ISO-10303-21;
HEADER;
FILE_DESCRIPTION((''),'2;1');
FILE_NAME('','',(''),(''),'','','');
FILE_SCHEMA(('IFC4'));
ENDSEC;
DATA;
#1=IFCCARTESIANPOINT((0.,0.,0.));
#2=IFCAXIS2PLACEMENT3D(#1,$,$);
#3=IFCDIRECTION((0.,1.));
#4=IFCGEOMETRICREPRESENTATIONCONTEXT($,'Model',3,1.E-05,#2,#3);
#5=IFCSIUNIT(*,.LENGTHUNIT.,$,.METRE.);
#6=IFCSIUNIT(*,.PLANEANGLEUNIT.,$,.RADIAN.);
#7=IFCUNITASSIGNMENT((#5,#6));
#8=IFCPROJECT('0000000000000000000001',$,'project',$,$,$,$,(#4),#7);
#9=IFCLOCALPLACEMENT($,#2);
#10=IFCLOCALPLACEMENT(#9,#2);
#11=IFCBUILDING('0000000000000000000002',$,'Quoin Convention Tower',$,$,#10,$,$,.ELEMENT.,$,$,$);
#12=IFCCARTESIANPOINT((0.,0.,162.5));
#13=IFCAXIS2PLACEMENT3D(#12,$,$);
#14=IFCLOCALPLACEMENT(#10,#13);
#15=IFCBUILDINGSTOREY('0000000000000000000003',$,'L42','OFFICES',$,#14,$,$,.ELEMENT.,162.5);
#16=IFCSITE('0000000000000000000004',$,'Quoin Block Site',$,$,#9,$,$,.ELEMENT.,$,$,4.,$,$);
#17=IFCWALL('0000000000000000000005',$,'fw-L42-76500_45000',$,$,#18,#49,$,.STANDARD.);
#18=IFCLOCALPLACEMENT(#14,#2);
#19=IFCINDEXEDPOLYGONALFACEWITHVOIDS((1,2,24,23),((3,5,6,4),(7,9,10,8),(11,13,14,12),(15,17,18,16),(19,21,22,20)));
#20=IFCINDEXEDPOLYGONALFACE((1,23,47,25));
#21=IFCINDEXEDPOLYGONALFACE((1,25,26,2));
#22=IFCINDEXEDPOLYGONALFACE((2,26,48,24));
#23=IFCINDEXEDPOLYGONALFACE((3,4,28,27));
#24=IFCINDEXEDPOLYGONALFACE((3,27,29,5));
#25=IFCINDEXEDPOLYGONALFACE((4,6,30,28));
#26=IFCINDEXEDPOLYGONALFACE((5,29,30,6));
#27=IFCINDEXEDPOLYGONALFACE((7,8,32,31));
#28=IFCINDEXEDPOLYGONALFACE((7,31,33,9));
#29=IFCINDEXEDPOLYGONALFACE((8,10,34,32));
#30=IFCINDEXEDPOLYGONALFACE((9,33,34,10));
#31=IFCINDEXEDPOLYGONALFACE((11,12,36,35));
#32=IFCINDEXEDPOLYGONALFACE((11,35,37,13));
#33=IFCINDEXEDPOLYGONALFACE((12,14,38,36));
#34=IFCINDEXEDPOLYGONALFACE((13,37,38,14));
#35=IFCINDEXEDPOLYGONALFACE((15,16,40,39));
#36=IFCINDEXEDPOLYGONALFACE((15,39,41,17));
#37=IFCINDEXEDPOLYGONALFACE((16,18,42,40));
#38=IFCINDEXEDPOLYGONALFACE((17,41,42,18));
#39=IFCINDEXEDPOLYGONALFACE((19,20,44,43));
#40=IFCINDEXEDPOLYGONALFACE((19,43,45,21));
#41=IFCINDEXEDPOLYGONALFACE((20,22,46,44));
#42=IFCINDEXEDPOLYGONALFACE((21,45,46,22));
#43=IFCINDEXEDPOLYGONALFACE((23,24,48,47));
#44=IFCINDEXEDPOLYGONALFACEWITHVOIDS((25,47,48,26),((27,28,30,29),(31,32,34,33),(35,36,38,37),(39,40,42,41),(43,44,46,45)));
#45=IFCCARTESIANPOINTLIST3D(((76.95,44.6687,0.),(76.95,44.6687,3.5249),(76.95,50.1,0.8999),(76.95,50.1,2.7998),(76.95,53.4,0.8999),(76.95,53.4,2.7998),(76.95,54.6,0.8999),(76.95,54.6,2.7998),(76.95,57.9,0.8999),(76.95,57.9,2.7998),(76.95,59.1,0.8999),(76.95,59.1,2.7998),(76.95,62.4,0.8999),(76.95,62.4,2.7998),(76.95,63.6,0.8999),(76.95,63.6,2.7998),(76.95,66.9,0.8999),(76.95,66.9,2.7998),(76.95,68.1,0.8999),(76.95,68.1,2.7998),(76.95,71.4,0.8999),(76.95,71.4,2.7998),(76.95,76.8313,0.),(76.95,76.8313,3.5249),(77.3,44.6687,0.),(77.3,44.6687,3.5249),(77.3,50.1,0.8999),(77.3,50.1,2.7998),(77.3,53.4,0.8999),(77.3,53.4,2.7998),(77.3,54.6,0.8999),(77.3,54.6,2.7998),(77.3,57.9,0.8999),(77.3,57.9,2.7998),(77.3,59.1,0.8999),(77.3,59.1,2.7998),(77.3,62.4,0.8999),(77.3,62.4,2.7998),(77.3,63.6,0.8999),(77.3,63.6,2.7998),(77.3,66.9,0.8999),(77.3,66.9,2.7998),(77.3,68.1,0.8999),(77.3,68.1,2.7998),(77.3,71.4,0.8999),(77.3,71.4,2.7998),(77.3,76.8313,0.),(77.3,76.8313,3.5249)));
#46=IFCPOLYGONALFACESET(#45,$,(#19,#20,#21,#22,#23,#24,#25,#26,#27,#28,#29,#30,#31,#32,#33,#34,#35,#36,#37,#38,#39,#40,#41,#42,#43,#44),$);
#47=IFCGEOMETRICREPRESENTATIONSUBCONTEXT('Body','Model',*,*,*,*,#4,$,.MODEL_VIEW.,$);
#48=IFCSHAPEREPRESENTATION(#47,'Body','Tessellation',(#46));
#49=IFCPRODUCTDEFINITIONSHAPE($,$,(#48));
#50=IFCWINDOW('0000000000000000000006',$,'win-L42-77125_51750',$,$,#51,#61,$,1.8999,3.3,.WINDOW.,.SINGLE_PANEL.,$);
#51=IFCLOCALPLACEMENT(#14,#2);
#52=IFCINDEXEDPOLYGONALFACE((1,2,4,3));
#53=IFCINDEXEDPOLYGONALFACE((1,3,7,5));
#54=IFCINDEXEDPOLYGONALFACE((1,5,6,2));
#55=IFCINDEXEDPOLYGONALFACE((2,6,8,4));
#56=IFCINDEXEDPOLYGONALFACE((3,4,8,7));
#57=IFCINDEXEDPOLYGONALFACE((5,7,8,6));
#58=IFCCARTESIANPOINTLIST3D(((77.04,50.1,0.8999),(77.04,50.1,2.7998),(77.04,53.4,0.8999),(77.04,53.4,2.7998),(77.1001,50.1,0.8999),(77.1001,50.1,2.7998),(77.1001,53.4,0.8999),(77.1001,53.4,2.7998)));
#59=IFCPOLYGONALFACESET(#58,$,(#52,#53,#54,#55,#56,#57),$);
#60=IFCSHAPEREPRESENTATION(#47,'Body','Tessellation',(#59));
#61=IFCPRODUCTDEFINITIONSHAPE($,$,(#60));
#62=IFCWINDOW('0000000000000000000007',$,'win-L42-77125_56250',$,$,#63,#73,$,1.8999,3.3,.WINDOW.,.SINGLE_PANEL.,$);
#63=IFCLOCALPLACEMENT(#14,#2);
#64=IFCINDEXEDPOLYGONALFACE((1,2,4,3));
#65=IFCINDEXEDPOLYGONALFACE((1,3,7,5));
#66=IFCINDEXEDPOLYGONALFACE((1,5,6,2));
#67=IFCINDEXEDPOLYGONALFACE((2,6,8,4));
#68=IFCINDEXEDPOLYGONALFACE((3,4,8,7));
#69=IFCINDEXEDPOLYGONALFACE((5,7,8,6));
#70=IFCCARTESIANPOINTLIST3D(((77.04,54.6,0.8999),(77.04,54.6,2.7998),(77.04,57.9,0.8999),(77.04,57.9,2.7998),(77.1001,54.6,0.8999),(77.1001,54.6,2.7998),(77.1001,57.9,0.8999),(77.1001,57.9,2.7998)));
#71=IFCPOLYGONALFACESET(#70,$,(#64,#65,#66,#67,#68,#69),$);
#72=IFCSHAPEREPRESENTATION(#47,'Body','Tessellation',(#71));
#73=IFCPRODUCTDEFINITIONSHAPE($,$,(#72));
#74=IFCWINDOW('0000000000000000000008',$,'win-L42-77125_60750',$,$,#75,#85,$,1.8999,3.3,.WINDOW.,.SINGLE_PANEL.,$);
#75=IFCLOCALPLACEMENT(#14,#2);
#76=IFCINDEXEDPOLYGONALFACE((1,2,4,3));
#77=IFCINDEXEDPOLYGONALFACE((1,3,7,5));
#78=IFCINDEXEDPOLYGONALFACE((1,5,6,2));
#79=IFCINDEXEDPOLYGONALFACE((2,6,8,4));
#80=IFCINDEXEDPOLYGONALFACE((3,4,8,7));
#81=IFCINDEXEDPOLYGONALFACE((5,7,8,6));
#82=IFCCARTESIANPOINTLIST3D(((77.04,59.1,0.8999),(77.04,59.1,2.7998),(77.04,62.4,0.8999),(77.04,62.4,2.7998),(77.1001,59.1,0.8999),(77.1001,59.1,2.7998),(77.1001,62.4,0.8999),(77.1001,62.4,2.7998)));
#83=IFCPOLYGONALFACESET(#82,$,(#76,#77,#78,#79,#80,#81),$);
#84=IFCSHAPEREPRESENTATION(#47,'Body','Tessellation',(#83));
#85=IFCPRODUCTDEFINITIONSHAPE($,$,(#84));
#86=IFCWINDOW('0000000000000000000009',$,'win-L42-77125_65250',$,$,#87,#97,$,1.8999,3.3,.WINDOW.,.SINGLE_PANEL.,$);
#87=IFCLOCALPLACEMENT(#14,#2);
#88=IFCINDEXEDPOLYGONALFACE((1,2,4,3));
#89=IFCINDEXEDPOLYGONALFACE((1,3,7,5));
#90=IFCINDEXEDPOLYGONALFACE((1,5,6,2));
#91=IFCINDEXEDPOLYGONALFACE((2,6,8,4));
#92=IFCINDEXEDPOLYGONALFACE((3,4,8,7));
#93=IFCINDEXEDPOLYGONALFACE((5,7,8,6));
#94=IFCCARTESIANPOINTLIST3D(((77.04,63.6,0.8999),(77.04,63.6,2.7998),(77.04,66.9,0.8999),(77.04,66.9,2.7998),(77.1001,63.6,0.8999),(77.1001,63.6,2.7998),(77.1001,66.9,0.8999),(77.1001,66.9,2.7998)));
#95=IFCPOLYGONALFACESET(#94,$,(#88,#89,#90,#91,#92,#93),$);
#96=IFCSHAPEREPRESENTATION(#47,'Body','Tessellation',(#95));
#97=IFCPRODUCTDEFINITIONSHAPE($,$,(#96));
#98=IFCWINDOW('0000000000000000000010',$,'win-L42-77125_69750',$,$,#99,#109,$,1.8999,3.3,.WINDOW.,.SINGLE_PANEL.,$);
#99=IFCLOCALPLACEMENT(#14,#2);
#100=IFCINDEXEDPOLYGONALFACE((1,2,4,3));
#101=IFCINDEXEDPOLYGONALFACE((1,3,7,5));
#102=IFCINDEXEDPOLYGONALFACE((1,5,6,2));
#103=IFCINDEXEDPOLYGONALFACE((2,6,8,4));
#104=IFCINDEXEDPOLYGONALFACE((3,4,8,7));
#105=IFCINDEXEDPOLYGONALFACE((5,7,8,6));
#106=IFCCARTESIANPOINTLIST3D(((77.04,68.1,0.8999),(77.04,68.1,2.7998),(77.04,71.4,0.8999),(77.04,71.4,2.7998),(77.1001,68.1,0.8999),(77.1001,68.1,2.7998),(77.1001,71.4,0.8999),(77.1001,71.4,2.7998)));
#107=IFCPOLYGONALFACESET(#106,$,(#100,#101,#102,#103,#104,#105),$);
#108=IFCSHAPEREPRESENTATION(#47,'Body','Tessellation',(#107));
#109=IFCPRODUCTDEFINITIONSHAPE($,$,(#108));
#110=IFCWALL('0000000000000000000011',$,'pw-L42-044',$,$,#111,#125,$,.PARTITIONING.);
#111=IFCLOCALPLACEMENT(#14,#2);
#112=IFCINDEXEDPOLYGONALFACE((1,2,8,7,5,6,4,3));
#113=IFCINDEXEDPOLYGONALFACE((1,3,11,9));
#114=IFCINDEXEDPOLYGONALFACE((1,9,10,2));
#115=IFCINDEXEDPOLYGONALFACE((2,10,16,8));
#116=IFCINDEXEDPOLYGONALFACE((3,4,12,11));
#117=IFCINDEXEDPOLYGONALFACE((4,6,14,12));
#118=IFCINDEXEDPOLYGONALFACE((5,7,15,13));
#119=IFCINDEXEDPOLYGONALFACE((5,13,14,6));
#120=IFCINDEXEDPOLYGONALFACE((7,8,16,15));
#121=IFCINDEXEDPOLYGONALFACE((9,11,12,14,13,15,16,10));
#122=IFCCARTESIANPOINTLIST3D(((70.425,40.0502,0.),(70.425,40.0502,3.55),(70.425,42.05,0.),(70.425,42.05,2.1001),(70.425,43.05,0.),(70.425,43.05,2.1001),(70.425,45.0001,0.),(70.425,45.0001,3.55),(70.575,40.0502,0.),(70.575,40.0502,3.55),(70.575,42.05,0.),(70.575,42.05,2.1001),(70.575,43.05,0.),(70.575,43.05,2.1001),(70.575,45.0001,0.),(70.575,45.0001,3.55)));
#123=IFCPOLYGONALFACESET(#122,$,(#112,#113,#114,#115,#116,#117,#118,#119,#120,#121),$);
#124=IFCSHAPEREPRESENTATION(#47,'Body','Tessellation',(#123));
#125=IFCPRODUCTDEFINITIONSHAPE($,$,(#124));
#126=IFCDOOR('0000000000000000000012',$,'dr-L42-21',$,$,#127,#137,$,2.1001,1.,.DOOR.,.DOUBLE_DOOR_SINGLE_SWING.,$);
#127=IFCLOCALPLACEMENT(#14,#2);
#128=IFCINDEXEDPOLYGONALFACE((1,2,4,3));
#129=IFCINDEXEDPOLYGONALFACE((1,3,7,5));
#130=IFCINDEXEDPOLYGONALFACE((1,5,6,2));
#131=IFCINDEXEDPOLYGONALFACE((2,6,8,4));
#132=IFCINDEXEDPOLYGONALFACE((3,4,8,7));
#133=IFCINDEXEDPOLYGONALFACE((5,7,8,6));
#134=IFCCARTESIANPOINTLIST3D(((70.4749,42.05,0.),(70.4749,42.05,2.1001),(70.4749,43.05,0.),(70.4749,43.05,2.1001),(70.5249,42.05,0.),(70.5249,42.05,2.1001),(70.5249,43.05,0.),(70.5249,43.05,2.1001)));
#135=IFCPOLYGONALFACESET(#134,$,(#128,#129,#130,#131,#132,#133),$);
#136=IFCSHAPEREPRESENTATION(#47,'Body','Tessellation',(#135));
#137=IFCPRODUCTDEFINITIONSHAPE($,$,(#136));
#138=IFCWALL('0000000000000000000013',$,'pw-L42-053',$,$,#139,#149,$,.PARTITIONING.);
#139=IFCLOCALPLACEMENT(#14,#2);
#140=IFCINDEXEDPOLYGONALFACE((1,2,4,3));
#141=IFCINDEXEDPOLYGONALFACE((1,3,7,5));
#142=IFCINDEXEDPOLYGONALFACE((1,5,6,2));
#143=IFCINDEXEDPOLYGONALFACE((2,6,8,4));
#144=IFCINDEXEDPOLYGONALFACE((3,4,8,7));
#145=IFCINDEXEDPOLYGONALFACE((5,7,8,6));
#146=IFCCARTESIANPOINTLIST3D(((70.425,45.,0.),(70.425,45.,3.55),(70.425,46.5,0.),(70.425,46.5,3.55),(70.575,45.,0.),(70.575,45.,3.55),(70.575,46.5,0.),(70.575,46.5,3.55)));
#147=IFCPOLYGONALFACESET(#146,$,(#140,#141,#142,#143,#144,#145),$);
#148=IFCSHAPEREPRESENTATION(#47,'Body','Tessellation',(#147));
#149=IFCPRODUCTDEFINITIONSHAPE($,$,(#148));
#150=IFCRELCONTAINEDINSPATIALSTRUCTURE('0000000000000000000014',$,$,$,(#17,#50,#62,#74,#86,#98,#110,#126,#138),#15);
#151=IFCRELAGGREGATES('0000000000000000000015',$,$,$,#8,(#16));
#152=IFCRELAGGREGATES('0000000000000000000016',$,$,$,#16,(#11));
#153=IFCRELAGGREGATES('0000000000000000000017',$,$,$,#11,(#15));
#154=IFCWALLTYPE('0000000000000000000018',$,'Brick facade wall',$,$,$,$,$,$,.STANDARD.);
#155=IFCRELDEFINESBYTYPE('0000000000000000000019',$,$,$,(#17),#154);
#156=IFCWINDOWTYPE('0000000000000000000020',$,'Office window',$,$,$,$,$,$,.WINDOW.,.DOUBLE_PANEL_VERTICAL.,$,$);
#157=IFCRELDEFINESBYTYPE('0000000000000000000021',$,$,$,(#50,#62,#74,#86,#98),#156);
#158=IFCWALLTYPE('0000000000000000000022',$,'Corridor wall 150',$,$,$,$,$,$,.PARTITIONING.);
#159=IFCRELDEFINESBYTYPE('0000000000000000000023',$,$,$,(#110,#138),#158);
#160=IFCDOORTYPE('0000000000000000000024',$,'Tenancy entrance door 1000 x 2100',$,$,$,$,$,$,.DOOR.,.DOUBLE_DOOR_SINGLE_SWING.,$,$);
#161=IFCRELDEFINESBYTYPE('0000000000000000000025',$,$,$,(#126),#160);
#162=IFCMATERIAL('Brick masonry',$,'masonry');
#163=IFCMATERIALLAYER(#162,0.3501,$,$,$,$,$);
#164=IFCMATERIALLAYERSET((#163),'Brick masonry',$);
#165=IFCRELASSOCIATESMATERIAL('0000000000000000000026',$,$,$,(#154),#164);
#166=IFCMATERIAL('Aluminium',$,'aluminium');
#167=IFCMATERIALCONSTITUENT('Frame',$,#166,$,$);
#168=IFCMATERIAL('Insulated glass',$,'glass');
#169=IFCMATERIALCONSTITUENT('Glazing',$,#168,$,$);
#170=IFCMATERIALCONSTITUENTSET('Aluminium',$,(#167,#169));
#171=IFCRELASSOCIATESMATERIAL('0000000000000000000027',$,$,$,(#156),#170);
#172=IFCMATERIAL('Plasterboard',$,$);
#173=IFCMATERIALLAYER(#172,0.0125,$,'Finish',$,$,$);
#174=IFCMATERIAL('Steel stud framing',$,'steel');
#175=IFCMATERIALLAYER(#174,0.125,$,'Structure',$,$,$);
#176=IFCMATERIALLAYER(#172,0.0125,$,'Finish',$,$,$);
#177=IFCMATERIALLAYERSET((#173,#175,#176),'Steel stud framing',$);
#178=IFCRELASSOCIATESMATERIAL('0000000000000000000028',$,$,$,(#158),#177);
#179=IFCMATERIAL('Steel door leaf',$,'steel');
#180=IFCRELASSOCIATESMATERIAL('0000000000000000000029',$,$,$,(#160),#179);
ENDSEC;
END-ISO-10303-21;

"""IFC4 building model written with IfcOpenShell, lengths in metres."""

from ifc_helpers import new_model, si_unit, direction, frame, frame_2d, origin, place, context, subcontext, project, spatial, rectangle, extrude, material, layer, layer_set, constituent, constituent_set, type_object, element, fill, save


model = new_model("IFC4")

# Units and contexts
model_context = context("Model", 3, precision=1e-05, world=origin(), true_north=direction((0.0, 1.0)))
body_context = subcontext(model_context, "Body", "Model", "MODEL_VIEW")
ifc_project = project(units=[si_unit("LENGTHUNIT", "METRE"), si_unit("PLANEANGLEUNIT", "RADIAN")], contexts=[model_context])

# Site, building, storey
site_placement = place(None, origin())
site = spatial("IfcSite", under=ifc_project, at=site_placement, Name="Quoin Block Site", CompositionType="ELEMENT", RefElevation=4.0)
building_placement = place(site_placement, origin())
building = spatial("IfcBuilding", under=site, at=building_placement, Name="Quoin Convention Tower", CompositionType="ELEMENT")
storey_placement = place(building_placement, frame((0.0, 0.0, 162.5)))
storey = spatial("IfcBuildingStorey", under=building, at=storey_placement, Name="L42", Description="OFFICES", CompositionType="ELEMENT", Elevation=162.5)

# Shared definitions
ifc_material_1 = material(Name="Brick masonry", Category="masonry")
ifc_layer_1 = layer(ifc_material_1, 0.3501)
ifc_layer_set_1 = layer_set([ifc_layer_1], Name="Brick masonry")
wall_type_1 = type_object("IfcWallType", Name="Brick facade wall", PredefinedType="STANDARD", material=ifc_layer_set_1)
ifc_material_2 = material(Name="Aluminium", Category="aluminium")
ifc_constituent_1 = constituent(ifc_material_2, Name="Frame")
ifc_material_3 = material(Name="Insulated glass", Category="glass")
ifc_constituent_2 = constituent(ifc_material_3, Name="Glazing")
ifc_constituent_set = constituent_set(constituents=[ifc_constituent_1, ifc_constituent_2], Name="Aluminium")
window_type = type_object("IfcWindowType", Name="Office window", PartitioningType="DOUBLE_PANEL_VERTICAL", PredefinedType="WINDOW", material=ifc_constituent_set)

# Wall, openings, windows
wall_1_placement = place(storey_placement, frame((77.125, 44.6687, 0.0), z_axis=(0.0, 0.0, 1.0), x_axis=(0.0, 1.0, 0.0)))
wall_1 = element("IfcWall", 1, at=wall_1_placement, inside=storey, type_object=wall_type_1, Name="fw-L42-76500_45000", PredefinedType="STANDARD", context=body_context, shape_type="SweptSolid", body=[
    extrude(rectangle(XDim=32.1626, YDim=0.3501, at=frame_2d((16.0813, 0.0))), origin(), (0.0, 0.0, 1.0), 3.5249),
])
opening_1_placement = place(wall_1_placement, frame((5.4314, 0.0, 0.8999)))
opening_1 = element("IfcOpeningElement", 2, at=opening_1_placement, cuts=wall_1, PredefinedType="OPENING", context=body_context, shape_type="SweptSolid", body=[
    extrude(rectangle(XDim=3.3, YDim=1.8999, at=frame_2d((1.6499, 0.95))), frame((0.0, 0.1851, 0.0), z_axis=(0.0, -1.0, 0.0), x_axis=(1.0, 0.0, 0.0)), (0.0, 0.0, 1.0), 0.3701),
])
opening_2_placement = place(wall_1_placement, frame((9.9314, 0.0, 0.8999)))
opening_2 = element("IfcOpeningElement", 3, at=opening_2_placement, cuts=wall_1, PredefinedType="OPENING", context=body_context, shape_type="SweptSolid", body=[
    extrude(rectangle(XDim=3.3, YDim=1.8999, at=frame_2d((1.6499, 0.95))), frame((0.0, 0.1851, 0.0), z_axis=(0.0, -1.0, 0.0), x_axis=(1.0, 0.0, 0.0)), (0.0, 0.0, 1.0), 0.3701),
])
opening_3_placement = place(wall_1_placement, frame((14.4314, 0.0, 0.8999)))
opening_3 = element("IfcOpeningElement", 4, at=opening_3_placement, cuts=wall_1, PredefinedType="OPENING", context=body_context, shape_type="SweptSolid", body=[
    extrude(rectangle(XDim=3.3, YDim=1.8999, at=frame_2d((1.6499, 0.95))), frame((0.0, 0.1851, 0.0), z_axis=(0.0, -1.0, 0.0), x_axis=(1.0, 0.0, 0.0)), (0.0, 0.0, 1.0), 0.3701),
])
opening_4_placement = place(wall_1_placement, frame((18.9314, 0.0, 0.8999)))
opening_4 = element("IfcOpeningElement", 5, at=opening_4_placement, cuts=wall_1, PredefinedType="OPENING", context=body_context, shape_type="SweptSolid", body=[
    extrude(rectangle(XDim=3.3, YDim=1.8999, at=frame_2d((1.6499, 0.95))), frame((0.0, 0.1851, 0.0), z_axis=(0.0, -1.0, 0.0), x_axis=(1.0, 0.0, 0.0)), (0.0, 0.0, 1.0), 0.3701),
])
opening_5_placement = place(wall_1_placement, frame((23.4314, 0.0, 0.8999)))
opening_5 = element("IfcOpeningElement", 6, at=opening_5_placement, cuts=wall_1, PredefinedType="OPENING", context=body_context, shape_type="SweptSolid", body=[
    extrude(rectangle(XDim=3.3, YDim=1.8999, at=frame_2d((1.6499, 0.95))), frame((0.0, 0.1851, 0.0), z_axis=(0.0, -1.0, 0.0), x_axis=(1.0, 0.0, 0.0)), (0.0, 0.0, 1.0), 0.3701),
])
window_1_placement = place(opening_1_placement, origin())
window_1 = element("IfcWindow", 7, at=window_1_placement, inside=storey, type_object=window_type, Name="win-L42-77125_51750", OverallHeight=1.8999, OverallWidth=3.3, PartitioningType="SINGLE_PANEL", PredefinedType="WINDOW", context=body_context, shape_type="SweptSolid", body=[
    extrude(rectangle(XDim=3.3, YDim=1.8999, at=frame_2d((1.6499, 0.95))), frame((0.0, 0.085, 0.0), z_axis=(0.0, -1.0, 0.0), x_axis=(1.0, 0.0, 0.0)), (0.0, 0.0, 1.0), 0.0601),
])
fill(opening_1, window_1)
window_2_placement = place(opening_2_placement, origin())
window_2 = element("IfcWindow", 8, at=window_2_placement, inside=storey, type_object=window_type, Name="win-L42-77125_56250", OverallHeight=1.8999, OverallWidth=3.3, PartitioningType="SINGLE_PANEL", PredefinedType="WINDOW", context=body_context, shape_type="SweptSolid", body=[
    extrude(rectangle(XDim=3.3, YDim=1.8999, at=frame_2d((1.6499, 0.95))), frame((0.0, 0.085, 0.0), z_axis=(0.0, -1.0, 0.0), x_axis=(1.0, 0.0, 0.0)), (0.0, 0.0, 1.0), 0.0601),
])
fill(opening_2, window_2)
window_3_placement = place(opening_3_placement, origin())
window_3 = element("IfcWindow", 9, at=window_3_placement, inside=storey, type_object=window_type, Name="win-L42-77125_60750", OverallHeight=1.8999, OverallWidth=3.3, PartitioningType="SINGLE_PANEL", PredefinedType="WINDOW", context=body_context, shape_type="SweptSolid", body=[
    extrude(rectangle(XDim=3.3, YDim=1.8999, at=frame_2d((1.6499, 0.95))), frame((0.0, 0.085, 0.0), z_axis=(0.0, -1.0, 0.0), x_axis=(1.0, 0.0, 0.0)), (0.0, 0.0, 1.0), 0.0601),
])
fill(opening_3, window_3)
window_4_placement = place(opening_4_placement, origin())
window_4 = element("IfcWindow", 10, at=window_4_placement, inside=storey, type_object=window_type, Name="win-L42-77125_65250", OverallHeight=1.8999, OverallWidth=3.3, PartitioningType="SINGLE_PANEL", PredefinedType="WINDOW", context=body_context, shape_type="SweptSolid", body=[
    extrude(rectangle(XDim=3.3, YDim=1.8999, at=frame_2d((1.6499, 0.95))), frame((0.0, 0.085, 0.0), z_axis=(0.0, -1.0, 0.0), x_axis=(1.0, 0.0, 0.0)), (0.0, 0.0, 1.0), 0.0601),
])
fill(opening_4, window_4)
window_5_placement = place(opening_5_placement, origin())
window_5 = element("IfcWindow", 11, at=window_5_placement, inside=storey, type_object=window_type, Name="win-L42-77125_69750", OverallHeight=1.8999, OverallWidth=3.3, PartitioningType="SINGLE_PANEL", PredefinedType="WINDOW", context=body_context, shape_type="SweptSolid", body=[
    extrude(rectangle(XDim=3.3, YDim=1.8999, at=frame_2d((1.6499, 0.95))), frame((0.0, 0.085, 0.0), z_axis=(0.0, -1.0, 0.0), x_axis=(1.0, 0.0, 0.0)), (0.0, 0.0, 1.0), 0.0601),
])
fill(opening_5, window_5)

# Wall, opening, door
ifc_material_4 = material(Name="Plasterboard")
ifc_layer_2 = layer(ifc_material_4, 0.0125, Name="Finish")
ifc_material_5 = material(Name="Steel stud framing", Category="steel")
ifc_layer_3 = layer(ifc_material_5, 0.125, Name="Structure")
ifc_layer_4 = layer(ifc_material_4, 0.0125, Name="Finish")
ifc_layer_set_2 = layer_set([ifc_layer_2, ifc_layer_3, ifc_layer_4], Name="Steel stud framing")
wall_type_2 = type_object("IfcWallType", Name="Corridor wall 150", PredefinedType="PARTITIONING", material=ifc_layer_set_2)
wall_2_placement = place(storey_placement, frame((70.5, 40.05, 0.0), z_axis=(0.0, 0.0, 1.0), x_axis=(0.0, 1.0, 0.0)))
wall_2 = element("IfcWall", 12, at=wall_2_placement, inside=storey, type_object=wall_type_2, Name="pw-L42-044", PredefinedType="PARTITIONING", context=body_context, shape_type="SweptSolid", body=[
    extrude(rectangle(XDim=4.95, YDim=0.1499, at=frame_2d((2.4751, 0.0))), origin(), (0.0, 0.0, 1.0), 3.55),
])
opening_6_placement = place(wall_2_placement, frame((2.0, 0.0, 0.0)))
opening_6 = element("IfcOpeningElement", 13, at=opening_6_placement, cuts=wall_2, PredefinedType="OPENING", context=body_context, shape_type="SweptSolid", body=[
    extrude(rectangle(XDim=1.0, YDim=2.1001, at=frame_2d((0.5, 1.05))), frame((0.0, 0.085, 0.0), z_axis=(0.0, -1.0, 0.0), x_axis=(1.0, 0.0, 0.0)), (0.0, 0.0, 1.0), 0.1699),
])
ifc_material_6 = material(Name="Steel door leaf", Category="steel")
door_type_1 = type_object("IfcDoorType", Name="Tenancy entrance door 1000 x 2100", OperationType="DOUBLE_DOOR_SINGLE_SWING", PredefinedType="DOOR", material=ifc_material_6)
door_1_placement = place(opening_6_placement, frame((1.0, 0.0, 0.0), z_axis=(0.0, 0.0, 1.0), x_axis=(-1.0, 0.0, 0.0)))
door_1 = element("IfcDoor", 14, at=door_1_placement, inside=storey, type_object=door_type_1, Name="dr-L42-21", OperationType="DOUBLE_DOOR_SINGLE_SWING", OverallHeight=2.1001, OverallWidth=1.0, PredefinedType="DOOR", context=body_context, shape_type="SweptSolid", body=[
    extrude(rectangle(XDim=1.0, YDim=2.1001, at=frame_2d((0.5, 1.05))), frame((0.0, 0.0249, 0.0), z_axis=(0.0, -1.0, 0.0), x_axis=(1.0, 0.0, 0.0)), (0.0, 0.0, 1.0), 0.05),
])
fill(opening_6, door_1)

# Wall
wall_3_placement = place(storey_placement, frame((70.5, 45.0, 0.0), z_axis=(0.0, 0.0, 1.0), x_axis=(0.0, 1.0, 0.0)))
element("IfcWall", 15, at=wall_3_placement, inside=storey, type_object=wall_type_2, Name="pw-L42-053", PredefinedType="PARTITIONING", context=body_context, shape_type="SweptSolid", body=[
    extrude(rectangle(XDim=1.5, YDim=0.1499, at=frame_2d((0.75, 0.0))), origin(), (0.0, 0.0, 1.0), 3.55),
])

save(model, "model.ifc")
